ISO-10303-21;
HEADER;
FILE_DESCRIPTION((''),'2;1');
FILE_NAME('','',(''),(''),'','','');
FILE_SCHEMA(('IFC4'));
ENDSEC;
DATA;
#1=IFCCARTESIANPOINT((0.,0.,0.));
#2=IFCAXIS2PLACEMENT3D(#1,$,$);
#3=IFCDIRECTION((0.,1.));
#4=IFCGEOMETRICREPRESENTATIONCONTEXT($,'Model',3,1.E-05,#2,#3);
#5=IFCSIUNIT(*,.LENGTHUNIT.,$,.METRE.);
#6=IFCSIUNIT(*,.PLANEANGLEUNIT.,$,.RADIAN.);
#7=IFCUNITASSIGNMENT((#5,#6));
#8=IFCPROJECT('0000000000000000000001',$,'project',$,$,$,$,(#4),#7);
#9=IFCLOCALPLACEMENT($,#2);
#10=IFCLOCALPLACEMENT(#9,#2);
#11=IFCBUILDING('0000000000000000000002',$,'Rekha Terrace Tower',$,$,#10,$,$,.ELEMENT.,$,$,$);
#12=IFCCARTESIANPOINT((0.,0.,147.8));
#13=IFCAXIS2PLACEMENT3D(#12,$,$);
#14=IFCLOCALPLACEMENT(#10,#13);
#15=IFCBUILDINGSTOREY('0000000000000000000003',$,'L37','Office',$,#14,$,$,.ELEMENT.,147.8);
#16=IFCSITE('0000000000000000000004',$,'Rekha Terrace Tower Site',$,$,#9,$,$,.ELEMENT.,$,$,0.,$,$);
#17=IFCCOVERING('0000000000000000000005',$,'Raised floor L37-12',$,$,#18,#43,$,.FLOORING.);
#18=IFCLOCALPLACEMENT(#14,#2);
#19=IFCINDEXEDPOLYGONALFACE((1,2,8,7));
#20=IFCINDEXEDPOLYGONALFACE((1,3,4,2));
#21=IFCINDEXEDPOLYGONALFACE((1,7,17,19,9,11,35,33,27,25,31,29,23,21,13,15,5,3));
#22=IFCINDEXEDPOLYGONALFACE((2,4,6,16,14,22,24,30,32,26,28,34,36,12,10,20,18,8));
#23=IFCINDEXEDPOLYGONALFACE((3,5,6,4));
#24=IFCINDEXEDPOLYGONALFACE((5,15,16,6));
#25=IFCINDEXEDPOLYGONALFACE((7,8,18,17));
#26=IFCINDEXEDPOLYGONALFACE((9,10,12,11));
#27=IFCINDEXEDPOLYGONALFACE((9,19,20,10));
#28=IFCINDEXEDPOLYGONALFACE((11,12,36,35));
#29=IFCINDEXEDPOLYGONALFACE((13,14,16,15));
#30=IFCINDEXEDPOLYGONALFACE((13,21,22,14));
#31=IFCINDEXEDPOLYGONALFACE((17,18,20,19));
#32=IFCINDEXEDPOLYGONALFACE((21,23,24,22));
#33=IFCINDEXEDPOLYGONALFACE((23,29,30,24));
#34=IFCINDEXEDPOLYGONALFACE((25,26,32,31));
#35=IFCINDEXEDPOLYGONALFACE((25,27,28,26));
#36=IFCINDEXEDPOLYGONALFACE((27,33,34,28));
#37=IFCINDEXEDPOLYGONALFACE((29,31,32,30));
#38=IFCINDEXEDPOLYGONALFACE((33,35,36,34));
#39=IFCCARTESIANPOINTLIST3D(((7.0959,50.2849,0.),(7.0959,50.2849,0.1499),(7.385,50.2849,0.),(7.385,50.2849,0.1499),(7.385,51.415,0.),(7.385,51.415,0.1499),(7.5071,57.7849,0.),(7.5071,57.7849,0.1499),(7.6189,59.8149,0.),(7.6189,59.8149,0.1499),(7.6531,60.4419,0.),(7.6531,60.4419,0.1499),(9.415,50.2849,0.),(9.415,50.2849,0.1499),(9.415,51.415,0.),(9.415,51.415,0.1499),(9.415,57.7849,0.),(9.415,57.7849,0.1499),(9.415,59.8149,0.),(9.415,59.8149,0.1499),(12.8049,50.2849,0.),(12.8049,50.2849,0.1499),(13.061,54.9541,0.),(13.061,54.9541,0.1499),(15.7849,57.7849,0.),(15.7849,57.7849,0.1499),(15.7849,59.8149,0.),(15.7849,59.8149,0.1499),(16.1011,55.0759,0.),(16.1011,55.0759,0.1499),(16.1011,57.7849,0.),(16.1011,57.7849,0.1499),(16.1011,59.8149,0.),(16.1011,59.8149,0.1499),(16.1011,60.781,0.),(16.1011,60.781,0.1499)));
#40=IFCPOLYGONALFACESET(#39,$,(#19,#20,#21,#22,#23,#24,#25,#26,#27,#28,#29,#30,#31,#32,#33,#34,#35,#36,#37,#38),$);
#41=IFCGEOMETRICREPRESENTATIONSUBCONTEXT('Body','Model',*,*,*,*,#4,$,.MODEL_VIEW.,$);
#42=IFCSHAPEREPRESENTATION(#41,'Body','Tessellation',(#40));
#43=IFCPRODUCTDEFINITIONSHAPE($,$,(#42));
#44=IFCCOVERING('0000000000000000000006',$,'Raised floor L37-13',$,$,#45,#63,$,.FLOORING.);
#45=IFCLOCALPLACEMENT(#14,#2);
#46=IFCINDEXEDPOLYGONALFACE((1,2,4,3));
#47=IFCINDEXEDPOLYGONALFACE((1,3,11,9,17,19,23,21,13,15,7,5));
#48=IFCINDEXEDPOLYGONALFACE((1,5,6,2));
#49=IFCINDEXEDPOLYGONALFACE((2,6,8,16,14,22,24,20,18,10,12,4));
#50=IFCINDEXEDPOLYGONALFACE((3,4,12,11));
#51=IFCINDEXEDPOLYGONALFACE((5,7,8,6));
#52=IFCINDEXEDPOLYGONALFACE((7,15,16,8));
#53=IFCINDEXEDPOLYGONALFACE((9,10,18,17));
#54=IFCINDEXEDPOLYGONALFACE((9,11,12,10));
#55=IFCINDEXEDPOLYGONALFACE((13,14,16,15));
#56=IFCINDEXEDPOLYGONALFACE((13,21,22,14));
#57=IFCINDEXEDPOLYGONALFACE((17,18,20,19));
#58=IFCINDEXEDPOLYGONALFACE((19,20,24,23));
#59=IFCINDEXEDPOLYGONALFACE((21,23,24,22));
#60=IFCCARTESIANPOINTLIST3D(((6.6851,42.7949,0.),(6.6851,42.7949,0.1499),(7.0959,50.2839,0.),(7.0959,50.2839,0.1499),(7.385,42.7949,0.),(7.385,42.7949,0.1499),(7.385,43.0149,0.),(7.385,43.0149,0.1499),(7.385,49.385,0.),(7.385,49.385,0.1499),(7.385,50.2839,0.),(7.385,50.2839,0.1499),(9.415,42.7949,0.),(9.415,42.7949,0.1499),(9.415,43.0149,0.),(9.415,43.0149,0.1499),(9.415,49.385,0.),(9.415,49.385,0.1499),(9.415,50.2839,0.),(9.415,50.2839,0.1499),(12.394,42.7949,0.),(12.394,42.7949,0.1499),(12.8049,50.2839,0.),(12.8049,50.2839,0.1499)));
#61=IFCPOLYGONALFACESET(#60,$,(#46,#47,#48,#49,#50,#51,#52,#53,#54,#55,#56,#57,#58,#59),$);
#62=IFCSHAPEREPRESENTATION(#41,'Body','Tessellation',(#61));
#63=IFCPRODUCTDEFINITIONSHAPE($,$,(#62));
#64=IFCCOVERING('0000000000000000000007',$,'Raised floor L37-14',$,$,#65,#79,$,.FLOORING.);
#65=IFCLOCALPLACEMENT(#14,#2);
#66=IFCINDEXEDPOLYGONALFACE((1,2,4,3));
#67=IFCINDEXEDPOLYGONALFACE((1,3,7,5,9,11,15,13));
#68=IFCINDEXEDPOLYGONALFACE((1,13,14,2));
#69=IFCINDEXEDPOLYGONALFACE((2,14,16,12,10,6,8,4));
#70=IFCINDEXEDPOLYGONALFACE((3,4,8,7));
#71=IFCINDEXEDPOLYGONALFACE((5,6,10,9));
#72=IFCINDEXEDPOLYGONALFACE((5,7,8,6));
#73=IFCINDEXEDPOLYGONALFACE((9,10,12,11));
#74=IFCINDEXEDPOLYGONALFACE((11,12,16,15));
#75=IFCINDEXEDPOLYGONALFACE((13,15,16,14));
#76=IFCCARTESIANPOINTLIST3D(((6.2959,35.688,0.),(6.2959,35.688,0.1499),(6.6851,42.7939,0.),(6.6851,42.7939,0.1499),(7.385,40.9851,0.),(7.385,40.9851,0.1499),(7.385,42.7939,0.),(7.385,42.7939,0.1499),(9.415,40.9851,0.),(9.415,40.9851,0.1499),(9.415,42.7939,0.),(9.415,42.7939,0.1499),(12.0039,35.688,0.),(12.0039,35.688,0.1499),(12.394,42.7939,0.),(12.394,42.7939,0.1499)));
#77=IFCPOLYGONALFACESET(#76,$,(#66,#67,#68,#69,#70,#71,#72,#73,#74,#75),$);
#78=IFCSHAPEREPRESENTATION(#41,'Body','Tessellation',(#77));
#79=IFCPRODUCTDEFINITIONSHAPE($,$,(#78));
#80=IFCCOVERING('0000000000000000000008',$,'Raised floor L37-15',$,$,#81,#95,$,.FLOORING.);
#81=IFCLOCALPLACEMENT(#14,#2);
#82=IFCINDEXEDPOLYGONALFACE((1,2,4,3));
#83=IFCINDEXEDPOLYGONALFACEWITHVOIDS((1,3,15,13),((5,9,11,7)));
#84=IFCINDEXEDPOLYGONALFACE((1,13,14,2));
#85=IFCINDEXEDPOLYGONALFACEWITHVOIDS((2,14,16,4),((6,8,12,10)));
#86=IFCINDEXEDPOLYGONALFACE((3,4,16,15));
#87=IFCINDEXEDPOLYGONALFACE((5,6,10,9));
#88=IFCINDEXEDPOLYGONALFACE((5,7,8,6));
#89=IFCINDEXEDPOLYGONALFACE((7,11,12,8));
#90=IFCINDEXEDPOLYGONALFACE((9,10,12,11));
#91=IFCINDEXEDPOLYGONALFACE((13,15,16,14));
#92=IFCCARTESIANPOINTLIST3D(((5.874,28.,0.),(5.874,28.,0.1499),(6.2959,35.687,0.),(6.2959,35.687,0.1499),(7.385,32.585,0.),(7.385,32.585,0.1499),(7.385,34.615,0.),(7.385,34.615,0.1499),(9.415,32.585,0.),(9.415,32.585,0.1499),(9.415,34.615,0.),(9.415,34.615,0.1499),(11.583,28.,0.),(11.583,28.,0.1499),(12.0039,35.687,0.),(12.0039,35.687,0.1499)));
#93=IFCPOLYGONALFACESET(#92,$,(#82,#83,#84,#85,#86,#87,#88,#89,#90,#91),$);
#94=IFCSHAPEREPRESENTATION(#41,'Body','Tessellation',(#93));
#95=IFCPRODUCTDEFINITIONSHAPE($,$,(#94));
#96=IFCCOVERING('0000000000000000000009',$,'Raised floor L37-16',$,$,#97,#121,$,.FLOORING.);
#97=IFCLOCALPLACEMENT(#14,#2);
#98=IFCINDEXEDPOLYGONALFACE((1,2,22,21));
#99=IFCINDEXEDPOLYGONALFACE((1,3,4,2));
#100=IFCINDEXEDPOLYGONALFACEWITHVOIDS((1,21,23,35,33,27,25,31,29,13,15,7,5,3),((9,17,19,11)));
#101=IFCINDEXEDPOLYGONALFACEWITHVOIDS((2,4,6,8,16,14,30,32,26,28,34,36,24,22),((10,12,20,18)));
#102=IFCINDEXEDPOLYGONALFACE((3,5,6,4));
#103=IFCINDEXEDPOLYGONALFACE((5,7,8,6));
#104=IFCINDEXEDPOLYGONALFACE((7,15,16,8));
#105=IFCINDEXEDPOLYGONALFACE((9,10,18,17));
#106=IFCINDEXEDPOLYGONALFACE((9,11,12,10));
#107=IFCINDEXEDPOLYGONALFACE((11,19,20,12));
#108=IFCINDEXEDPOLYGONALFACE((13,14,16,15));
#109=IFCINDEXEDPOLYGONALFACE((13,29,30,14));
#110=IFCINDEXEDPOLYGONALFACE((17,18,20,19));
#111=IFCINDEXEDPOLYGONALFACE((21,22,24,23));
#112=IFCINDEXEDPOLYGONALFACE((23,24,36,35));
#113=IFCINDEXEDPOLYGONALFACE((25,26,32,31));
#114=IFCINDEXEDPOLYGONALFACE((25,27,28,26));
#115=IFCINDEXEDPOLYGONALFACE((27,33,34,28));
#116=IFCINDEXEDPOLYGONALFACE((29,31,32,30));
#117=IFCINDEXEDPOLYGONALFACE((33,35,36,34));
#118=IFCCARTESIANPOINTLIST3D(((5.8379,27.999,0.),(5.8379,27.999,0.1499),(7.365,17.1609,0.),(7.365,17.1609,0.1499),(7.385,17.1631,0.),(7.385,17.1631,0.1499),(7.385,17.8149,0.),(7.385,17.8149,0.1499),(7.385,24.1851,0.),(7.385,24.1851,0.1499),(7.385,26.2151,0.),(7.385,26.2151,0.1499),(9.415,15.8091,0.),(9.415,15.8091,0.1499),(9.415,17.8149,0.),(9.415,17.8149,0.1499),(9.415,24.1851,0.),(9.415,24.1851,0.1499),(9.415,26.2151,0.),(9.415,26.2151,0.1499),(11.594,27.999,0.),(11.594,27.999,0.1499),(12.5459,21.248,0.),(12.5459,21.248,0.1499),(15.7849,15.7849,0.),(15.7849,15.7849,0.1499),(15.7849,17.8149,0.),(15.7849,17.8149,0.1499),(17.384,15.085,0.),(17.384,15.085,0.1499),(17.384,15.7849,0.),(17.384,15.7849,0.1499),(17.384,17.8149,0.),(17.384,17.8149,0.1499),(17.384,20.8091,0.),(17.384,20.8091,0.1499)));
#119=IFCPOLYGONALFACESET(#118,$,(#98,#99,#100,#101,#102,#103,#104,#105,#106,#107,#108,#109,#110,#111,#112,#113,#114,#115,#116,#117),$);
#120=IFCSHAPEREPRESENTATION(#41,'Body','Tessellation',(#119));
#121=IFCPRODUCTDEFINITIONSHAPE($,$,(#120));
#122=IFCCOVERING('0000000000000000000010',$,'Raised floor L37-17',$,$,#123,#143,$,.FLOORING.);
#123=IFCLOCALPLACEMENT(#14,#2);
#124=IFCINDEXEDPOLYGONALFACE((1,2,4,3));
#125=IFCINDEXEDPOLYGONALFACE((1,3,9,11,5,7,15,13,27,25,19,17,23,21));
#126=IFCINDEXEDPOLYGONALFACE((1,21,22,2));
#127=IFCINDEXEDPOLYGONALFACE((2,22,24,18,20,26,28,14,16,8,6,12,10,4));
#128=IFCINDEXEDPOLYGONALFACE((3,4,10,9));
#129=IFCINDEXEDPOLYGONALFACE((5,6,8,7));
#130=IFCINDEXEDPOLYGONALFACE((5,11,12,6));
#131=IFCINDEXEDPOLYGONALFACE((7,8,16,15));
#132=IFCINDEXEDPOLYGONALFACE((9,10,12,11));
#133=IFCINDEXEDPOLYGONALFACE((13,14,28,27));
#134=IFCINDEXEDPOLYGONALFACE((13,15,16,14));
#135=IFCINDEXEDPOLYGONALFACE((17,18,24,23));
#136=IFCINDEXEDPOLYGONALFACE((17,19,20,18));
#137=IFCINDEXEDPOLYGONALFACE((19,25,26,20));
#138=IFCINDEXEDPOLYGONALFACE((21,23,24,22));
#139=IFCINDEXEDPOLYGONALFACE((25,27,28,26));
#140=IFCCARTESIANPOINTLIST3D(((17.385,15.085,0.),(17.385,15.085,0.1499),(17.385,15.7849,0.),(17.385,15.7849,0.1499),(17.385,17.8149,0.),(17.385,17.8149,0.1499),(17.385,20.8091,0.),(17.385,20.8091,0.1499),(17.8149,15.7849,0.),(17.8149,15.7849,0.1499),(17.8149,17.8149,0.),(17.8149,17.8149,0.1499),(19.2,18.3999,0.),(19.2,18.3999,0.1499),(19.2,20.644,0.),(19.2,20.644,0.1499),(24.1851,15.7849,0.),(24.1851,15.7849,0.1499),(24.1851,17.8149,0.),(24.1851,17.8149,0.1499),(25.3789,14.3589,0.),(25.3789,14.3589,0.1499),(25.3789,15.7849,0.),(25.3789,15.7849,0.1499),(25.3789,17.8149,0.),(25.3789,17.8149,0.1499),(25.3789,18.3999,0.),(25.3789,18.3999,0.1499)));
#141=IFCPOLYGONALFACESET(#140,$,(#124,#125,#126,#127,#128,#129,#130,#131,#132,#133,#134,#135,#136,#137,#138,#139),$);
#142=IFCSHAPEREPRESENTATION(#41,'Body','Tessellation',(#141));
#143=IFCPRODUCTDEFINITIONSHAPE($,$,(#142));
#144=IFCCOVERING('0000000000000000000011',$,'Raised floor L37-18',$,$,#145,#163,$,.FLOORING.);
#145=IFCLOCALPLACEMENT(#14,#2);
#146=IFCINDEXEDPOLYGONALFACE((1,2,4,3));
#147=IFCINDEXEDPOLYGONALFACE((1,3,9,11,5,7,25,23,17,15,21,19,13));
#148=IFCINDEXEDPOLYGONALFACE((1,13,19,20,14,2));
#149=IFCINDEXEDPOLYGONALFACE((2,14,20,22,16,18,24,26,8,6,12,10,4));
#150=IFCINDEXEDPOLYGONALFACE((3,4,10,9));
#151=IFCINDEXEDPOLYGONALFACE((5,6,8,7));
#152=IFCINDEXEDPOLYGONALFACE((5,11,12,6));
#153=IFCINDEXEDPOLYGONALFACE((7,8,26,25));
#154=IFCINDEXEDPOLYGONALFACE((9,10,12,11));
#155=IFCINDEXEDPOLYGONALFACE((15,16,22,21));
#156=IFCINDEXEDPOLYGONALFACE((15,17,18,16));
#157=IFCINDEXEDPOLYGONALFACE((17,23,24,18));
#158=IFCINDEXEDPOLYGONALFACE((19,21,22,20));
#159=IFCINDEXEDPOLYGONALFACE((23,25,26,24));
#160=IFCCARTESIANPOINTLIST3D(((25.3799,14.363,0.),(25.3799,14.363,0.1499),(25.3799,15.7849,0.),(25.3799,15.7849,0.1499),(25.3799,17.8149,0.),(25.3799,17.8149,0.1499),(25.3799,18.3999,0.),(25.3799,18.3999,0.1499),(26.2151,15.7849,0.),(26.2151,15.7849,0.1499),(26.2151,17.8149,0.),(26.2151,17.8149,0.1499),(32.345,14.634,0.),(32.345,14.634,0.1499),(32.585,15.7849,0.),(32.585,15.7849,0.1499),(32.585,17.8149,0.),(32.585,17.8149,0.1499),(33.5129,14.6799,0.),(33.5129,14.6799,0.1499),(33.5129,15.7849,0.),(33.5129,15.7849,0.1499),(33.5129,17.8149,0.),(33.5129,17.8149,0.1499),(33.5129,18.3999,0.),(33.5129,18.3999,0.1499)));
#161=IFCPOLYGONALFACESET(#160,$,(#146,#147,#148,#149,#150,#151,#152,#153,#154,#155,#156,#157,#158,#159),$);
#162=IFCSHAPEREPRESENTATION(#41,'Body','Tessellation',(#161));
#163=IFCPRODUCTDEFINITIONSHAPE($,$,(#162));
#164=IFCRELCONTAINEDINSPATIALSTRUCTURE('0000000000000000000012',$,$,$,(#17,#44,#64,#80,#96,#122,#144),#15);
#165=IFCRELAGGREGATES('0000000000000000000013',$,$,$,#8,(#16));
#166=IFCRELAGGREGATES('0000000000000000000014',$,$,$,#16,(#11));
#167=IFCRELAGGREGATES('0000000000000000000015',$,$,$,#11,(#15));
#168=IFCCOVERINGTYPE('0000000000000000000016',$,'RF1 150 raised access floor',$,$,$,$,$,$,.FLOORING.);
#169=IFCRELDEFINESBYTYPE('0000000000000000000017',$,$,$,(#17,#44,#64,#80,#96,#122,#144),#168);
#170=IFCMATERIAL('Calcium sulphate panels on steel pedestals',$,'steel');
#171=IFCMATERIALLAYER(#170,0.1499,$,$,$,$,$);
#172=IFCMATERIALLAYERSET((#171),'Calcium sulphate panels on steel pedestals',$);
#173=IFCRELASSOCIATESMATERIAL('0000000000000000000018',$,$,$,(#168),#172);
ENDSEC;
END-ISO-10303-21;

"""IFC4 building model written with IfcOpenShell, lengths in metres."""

from ifc_helpers import new_model, si_unit, direction, frame, origin, place, context, subcontext, project, spatial, polyline, outline, extrude, material, layer, layer_set, type_object, element, save


model = new_model("IFC4")

# Units and contexts
model_context = context("Model", 3, precision=1e-05, world=origin(), true_north=direction((0.0, 1.0)))
body_context = subcontext(model_context, "Body", "Model", "MODEL_VIEW")
ifc_project = project(units=[si_unit("LENGTHUNIT", "METRE"), si_unit("PLANEANGLEUNIT", "RADIAN")], contexts=[model_context])

# Site, building, storey
site_placement = place(None, origin())
site = spatial("IfcSite", under=ifc_project, at=site_placement, Name="Rekha Terrace Tower Site", CompositionType="ELEMENT", RefElevation=0.0)
building_placement = place(site_placement, origin())
building = spatial("IfcBuilding", under=site, at=building_placement, Name="Rekha Terrace Tower", CompositionType="ELEMENT")
storey_placement = place(building_placement, frame((0.0, 0.0, 147.8)))
storey = spatial("IfcBuildingStorey", under=building, at=storey_placement, Name="L37", Description="Office", CompositionType="ELEMENT", Elevation=147.8)

# Coverings
ifc_material_1 = material(Name="Calcium sulphate panels on steel pedestals", Category="steel")
ifc_layer_1 = layer(ifc_material_1, 0.1499)
ifc_layer_set_1 = layer_set([ifc_layer_1], Name="Calcium sulphate panels on steel pedestals")
covering_type_1 = type_object("IfcCoveringType", Name="RF1 150 raised access floor", PredefinedType="FLOORING", material=ifc_layer_set_1)
covering_1_placement = place(storey_placement, origin())
element("IfcCovering", 1, at=covering_1_placement, inside=storey, type_object=covering_type_1, Name="Raised floor L37-12", PredefinedType="FLOORING", context=body_context, shape_type="SweptSolid", body=[
    extrude(outline(polyline([(15.7849, 59.8149), (16.1011, 59.8149), (16.1011, 60.781), (7.6531, 60.4419), (7.6189, 59.8149), (9.415, 59.8149), (9.415, 57.7849), (7.5071, 57.7849), (7.0959, 50.2849), (7.385, 50.2849), (7.385, 51.415), (9.415, 51.415), (9.415, 50.2849), (12.8049, 50.2849), (13.061, 54.9541), (16.1011, 55.0759), (16.1011, 57.7849), (15.7849, 57.7849), (15.7849, 59.8149)])), origin(), (0.0, 0.0, 1.0), 0.1499),
])
covering_2_placement = place(storey_placement, origin())
element("IfcCovering", 2, at=covering_2_placement, inside=storey, type_object=covering_type_1, Name="Raised floor L37-13", PredefinedType="FLOORING", context=body_context, shape_type="SweptSolid", body=[
    extrude(outline(polyline([(9.415, 42.7949), (12.394, 42.7949), (12.8049, 50.2839), (9.415, 50.2839), (9.415, 49.385), (7.385, 49.385), (7.385, 50.2839), (7.0959, 50.2839), (6.6851, 42.7949), (7.385, 42.7949), (7.385, 43.0149), (9.415, 43.0149), (9.415, 42.7949)])), origin(), (0.0, 0.0, 1.0), 0.1499),
])
covering_3_placement = place(storey_placement, origin())
element("IfcCovering", 3, at=covering_3_placement, inside=storey, type_object=covering_type_1, Name="Raised floor L37-14", PredefinedType="FLOORING", context=body_context, shape_type="SweptSolid", body=[
    extrude(outline(polyline([(6.2959, 35.688), (12.0039, 35.688), (12.394, 42.7939), (9.415, 42.7939), (9.415, 40.9851), (7.385, 40.9851), (7.385, 42.7939), (6.6851, 42.7939), (6.2959, 35.688)])), origin(), (0.0, 0.0, 1.0), 0.1499),
])
covering_4_placement = place(storey_placement, origin())
element("IfcCovering", 4, at=covering_4_placement, inside=storey, type_object=covering_type_1, Name="Raised floor L37-15", PredefinedType="FLOORING", context=body_context, shape_type="SweptSolid", body=[
    extrude(outline(polyline([(5.874, 28.0), (11.583, 28.0), (12.0039, 35.687), (6.2959, 35.687), (5.874, 28.0)]), holes=[polyline([(9.415, 32.585), (7.385, 32.585), (7.385, 34.615), (9.415, 34.615), (9.415, 32.585)])]), origin(), (0.0, 0.0, 1.0), 0.1499),
])
covering_5_placement = place(storey_placement, origin())
element("IfcCovering", 5, at=covering_5_placement, inside=storey, type_object=covering_type_1, Name="Raised floor L37-16", PredefinedType="FLOORING", context=body_context, shape_type="SweptSolid", body=[
    extrude(outline(polyline([(17.384, 20.8091), (12.5459, 21.248), (11.594, 27.999), (5.8379, 27.999), (7.365, 17.1609), (7.385, 17.1631), (7.385, 17.8149), (9.415, 17.8149), (9.415, 15.8091), (17.384, 15.085), (17.384, 15.7849), (15.7849, 15.7849), (15.7849, 17.8149), (17.384, 17.8149), (17.384, 20.8091)]), holes=[polyline([(9.415, 24.1851), (7.385, 24.1851), (7.385, 26.2151), (9.415, 26.2151), (9.415, 24.1851)])]), origin(), (0.0, 0.0, 1.0), 0.1499),
])
covering_6_placement = place(storey_placement, origin())
element("IfcCovering", 6, at=covering_6_placement, inside=storey, type_object=covering_type_1, Name="Raised floor L37-17", PredefinedType="FLOORING", context=body_context, shape_type="SweptSolid", body=[
    extrude(outline(polyline([(19.2, 18.3999), (19.2, 20.644), (17.385, 20.8091), (17.385, 17.8149), (17.8149, 17.8149), (17.8149, 15.7849), (17.385, 15.7849), (17.385, 15.085), (25.3789, 14.3589), (25.3789, 15.7849), (24.1851, 15.7849), (24.1851, 17.8149), (25.3789, 17.8149), (25.3789, 18.3999), (19.2, 18.3999)])), origin(), (0.0, 0.0, 1.0), 0.1499),
])
covering_7_placement = place(storey_placement, origin())
element("IfcCovering", 7, at=covering_7_placement, inside=storey, type_object=covering_type_1, Name="Raised floor L37-18", PredefinedType="FLOORING", context=body_context, shape_type="SweptSolid", body=[
    extrude(outline(polyline([(33.5129, 17.8149), (33.5129, 18.3999), (25.3799, 18.3999), (25.3799, 17.8149), (26.2151, 17.8149), (26.2151, 15.7849), (25.3799, 15.7849), (25.3799, 14.363), (32.345, 14.634), (33.5129, 14.6799), (33.5129, 15.7849), (32.585, 15.7849), (32.585, 17.8149), (33.5129, 17.8149)])), origin(), (0.0, 0.0, 1.0), 0.1499),
])

save(model, "model.ifc")
